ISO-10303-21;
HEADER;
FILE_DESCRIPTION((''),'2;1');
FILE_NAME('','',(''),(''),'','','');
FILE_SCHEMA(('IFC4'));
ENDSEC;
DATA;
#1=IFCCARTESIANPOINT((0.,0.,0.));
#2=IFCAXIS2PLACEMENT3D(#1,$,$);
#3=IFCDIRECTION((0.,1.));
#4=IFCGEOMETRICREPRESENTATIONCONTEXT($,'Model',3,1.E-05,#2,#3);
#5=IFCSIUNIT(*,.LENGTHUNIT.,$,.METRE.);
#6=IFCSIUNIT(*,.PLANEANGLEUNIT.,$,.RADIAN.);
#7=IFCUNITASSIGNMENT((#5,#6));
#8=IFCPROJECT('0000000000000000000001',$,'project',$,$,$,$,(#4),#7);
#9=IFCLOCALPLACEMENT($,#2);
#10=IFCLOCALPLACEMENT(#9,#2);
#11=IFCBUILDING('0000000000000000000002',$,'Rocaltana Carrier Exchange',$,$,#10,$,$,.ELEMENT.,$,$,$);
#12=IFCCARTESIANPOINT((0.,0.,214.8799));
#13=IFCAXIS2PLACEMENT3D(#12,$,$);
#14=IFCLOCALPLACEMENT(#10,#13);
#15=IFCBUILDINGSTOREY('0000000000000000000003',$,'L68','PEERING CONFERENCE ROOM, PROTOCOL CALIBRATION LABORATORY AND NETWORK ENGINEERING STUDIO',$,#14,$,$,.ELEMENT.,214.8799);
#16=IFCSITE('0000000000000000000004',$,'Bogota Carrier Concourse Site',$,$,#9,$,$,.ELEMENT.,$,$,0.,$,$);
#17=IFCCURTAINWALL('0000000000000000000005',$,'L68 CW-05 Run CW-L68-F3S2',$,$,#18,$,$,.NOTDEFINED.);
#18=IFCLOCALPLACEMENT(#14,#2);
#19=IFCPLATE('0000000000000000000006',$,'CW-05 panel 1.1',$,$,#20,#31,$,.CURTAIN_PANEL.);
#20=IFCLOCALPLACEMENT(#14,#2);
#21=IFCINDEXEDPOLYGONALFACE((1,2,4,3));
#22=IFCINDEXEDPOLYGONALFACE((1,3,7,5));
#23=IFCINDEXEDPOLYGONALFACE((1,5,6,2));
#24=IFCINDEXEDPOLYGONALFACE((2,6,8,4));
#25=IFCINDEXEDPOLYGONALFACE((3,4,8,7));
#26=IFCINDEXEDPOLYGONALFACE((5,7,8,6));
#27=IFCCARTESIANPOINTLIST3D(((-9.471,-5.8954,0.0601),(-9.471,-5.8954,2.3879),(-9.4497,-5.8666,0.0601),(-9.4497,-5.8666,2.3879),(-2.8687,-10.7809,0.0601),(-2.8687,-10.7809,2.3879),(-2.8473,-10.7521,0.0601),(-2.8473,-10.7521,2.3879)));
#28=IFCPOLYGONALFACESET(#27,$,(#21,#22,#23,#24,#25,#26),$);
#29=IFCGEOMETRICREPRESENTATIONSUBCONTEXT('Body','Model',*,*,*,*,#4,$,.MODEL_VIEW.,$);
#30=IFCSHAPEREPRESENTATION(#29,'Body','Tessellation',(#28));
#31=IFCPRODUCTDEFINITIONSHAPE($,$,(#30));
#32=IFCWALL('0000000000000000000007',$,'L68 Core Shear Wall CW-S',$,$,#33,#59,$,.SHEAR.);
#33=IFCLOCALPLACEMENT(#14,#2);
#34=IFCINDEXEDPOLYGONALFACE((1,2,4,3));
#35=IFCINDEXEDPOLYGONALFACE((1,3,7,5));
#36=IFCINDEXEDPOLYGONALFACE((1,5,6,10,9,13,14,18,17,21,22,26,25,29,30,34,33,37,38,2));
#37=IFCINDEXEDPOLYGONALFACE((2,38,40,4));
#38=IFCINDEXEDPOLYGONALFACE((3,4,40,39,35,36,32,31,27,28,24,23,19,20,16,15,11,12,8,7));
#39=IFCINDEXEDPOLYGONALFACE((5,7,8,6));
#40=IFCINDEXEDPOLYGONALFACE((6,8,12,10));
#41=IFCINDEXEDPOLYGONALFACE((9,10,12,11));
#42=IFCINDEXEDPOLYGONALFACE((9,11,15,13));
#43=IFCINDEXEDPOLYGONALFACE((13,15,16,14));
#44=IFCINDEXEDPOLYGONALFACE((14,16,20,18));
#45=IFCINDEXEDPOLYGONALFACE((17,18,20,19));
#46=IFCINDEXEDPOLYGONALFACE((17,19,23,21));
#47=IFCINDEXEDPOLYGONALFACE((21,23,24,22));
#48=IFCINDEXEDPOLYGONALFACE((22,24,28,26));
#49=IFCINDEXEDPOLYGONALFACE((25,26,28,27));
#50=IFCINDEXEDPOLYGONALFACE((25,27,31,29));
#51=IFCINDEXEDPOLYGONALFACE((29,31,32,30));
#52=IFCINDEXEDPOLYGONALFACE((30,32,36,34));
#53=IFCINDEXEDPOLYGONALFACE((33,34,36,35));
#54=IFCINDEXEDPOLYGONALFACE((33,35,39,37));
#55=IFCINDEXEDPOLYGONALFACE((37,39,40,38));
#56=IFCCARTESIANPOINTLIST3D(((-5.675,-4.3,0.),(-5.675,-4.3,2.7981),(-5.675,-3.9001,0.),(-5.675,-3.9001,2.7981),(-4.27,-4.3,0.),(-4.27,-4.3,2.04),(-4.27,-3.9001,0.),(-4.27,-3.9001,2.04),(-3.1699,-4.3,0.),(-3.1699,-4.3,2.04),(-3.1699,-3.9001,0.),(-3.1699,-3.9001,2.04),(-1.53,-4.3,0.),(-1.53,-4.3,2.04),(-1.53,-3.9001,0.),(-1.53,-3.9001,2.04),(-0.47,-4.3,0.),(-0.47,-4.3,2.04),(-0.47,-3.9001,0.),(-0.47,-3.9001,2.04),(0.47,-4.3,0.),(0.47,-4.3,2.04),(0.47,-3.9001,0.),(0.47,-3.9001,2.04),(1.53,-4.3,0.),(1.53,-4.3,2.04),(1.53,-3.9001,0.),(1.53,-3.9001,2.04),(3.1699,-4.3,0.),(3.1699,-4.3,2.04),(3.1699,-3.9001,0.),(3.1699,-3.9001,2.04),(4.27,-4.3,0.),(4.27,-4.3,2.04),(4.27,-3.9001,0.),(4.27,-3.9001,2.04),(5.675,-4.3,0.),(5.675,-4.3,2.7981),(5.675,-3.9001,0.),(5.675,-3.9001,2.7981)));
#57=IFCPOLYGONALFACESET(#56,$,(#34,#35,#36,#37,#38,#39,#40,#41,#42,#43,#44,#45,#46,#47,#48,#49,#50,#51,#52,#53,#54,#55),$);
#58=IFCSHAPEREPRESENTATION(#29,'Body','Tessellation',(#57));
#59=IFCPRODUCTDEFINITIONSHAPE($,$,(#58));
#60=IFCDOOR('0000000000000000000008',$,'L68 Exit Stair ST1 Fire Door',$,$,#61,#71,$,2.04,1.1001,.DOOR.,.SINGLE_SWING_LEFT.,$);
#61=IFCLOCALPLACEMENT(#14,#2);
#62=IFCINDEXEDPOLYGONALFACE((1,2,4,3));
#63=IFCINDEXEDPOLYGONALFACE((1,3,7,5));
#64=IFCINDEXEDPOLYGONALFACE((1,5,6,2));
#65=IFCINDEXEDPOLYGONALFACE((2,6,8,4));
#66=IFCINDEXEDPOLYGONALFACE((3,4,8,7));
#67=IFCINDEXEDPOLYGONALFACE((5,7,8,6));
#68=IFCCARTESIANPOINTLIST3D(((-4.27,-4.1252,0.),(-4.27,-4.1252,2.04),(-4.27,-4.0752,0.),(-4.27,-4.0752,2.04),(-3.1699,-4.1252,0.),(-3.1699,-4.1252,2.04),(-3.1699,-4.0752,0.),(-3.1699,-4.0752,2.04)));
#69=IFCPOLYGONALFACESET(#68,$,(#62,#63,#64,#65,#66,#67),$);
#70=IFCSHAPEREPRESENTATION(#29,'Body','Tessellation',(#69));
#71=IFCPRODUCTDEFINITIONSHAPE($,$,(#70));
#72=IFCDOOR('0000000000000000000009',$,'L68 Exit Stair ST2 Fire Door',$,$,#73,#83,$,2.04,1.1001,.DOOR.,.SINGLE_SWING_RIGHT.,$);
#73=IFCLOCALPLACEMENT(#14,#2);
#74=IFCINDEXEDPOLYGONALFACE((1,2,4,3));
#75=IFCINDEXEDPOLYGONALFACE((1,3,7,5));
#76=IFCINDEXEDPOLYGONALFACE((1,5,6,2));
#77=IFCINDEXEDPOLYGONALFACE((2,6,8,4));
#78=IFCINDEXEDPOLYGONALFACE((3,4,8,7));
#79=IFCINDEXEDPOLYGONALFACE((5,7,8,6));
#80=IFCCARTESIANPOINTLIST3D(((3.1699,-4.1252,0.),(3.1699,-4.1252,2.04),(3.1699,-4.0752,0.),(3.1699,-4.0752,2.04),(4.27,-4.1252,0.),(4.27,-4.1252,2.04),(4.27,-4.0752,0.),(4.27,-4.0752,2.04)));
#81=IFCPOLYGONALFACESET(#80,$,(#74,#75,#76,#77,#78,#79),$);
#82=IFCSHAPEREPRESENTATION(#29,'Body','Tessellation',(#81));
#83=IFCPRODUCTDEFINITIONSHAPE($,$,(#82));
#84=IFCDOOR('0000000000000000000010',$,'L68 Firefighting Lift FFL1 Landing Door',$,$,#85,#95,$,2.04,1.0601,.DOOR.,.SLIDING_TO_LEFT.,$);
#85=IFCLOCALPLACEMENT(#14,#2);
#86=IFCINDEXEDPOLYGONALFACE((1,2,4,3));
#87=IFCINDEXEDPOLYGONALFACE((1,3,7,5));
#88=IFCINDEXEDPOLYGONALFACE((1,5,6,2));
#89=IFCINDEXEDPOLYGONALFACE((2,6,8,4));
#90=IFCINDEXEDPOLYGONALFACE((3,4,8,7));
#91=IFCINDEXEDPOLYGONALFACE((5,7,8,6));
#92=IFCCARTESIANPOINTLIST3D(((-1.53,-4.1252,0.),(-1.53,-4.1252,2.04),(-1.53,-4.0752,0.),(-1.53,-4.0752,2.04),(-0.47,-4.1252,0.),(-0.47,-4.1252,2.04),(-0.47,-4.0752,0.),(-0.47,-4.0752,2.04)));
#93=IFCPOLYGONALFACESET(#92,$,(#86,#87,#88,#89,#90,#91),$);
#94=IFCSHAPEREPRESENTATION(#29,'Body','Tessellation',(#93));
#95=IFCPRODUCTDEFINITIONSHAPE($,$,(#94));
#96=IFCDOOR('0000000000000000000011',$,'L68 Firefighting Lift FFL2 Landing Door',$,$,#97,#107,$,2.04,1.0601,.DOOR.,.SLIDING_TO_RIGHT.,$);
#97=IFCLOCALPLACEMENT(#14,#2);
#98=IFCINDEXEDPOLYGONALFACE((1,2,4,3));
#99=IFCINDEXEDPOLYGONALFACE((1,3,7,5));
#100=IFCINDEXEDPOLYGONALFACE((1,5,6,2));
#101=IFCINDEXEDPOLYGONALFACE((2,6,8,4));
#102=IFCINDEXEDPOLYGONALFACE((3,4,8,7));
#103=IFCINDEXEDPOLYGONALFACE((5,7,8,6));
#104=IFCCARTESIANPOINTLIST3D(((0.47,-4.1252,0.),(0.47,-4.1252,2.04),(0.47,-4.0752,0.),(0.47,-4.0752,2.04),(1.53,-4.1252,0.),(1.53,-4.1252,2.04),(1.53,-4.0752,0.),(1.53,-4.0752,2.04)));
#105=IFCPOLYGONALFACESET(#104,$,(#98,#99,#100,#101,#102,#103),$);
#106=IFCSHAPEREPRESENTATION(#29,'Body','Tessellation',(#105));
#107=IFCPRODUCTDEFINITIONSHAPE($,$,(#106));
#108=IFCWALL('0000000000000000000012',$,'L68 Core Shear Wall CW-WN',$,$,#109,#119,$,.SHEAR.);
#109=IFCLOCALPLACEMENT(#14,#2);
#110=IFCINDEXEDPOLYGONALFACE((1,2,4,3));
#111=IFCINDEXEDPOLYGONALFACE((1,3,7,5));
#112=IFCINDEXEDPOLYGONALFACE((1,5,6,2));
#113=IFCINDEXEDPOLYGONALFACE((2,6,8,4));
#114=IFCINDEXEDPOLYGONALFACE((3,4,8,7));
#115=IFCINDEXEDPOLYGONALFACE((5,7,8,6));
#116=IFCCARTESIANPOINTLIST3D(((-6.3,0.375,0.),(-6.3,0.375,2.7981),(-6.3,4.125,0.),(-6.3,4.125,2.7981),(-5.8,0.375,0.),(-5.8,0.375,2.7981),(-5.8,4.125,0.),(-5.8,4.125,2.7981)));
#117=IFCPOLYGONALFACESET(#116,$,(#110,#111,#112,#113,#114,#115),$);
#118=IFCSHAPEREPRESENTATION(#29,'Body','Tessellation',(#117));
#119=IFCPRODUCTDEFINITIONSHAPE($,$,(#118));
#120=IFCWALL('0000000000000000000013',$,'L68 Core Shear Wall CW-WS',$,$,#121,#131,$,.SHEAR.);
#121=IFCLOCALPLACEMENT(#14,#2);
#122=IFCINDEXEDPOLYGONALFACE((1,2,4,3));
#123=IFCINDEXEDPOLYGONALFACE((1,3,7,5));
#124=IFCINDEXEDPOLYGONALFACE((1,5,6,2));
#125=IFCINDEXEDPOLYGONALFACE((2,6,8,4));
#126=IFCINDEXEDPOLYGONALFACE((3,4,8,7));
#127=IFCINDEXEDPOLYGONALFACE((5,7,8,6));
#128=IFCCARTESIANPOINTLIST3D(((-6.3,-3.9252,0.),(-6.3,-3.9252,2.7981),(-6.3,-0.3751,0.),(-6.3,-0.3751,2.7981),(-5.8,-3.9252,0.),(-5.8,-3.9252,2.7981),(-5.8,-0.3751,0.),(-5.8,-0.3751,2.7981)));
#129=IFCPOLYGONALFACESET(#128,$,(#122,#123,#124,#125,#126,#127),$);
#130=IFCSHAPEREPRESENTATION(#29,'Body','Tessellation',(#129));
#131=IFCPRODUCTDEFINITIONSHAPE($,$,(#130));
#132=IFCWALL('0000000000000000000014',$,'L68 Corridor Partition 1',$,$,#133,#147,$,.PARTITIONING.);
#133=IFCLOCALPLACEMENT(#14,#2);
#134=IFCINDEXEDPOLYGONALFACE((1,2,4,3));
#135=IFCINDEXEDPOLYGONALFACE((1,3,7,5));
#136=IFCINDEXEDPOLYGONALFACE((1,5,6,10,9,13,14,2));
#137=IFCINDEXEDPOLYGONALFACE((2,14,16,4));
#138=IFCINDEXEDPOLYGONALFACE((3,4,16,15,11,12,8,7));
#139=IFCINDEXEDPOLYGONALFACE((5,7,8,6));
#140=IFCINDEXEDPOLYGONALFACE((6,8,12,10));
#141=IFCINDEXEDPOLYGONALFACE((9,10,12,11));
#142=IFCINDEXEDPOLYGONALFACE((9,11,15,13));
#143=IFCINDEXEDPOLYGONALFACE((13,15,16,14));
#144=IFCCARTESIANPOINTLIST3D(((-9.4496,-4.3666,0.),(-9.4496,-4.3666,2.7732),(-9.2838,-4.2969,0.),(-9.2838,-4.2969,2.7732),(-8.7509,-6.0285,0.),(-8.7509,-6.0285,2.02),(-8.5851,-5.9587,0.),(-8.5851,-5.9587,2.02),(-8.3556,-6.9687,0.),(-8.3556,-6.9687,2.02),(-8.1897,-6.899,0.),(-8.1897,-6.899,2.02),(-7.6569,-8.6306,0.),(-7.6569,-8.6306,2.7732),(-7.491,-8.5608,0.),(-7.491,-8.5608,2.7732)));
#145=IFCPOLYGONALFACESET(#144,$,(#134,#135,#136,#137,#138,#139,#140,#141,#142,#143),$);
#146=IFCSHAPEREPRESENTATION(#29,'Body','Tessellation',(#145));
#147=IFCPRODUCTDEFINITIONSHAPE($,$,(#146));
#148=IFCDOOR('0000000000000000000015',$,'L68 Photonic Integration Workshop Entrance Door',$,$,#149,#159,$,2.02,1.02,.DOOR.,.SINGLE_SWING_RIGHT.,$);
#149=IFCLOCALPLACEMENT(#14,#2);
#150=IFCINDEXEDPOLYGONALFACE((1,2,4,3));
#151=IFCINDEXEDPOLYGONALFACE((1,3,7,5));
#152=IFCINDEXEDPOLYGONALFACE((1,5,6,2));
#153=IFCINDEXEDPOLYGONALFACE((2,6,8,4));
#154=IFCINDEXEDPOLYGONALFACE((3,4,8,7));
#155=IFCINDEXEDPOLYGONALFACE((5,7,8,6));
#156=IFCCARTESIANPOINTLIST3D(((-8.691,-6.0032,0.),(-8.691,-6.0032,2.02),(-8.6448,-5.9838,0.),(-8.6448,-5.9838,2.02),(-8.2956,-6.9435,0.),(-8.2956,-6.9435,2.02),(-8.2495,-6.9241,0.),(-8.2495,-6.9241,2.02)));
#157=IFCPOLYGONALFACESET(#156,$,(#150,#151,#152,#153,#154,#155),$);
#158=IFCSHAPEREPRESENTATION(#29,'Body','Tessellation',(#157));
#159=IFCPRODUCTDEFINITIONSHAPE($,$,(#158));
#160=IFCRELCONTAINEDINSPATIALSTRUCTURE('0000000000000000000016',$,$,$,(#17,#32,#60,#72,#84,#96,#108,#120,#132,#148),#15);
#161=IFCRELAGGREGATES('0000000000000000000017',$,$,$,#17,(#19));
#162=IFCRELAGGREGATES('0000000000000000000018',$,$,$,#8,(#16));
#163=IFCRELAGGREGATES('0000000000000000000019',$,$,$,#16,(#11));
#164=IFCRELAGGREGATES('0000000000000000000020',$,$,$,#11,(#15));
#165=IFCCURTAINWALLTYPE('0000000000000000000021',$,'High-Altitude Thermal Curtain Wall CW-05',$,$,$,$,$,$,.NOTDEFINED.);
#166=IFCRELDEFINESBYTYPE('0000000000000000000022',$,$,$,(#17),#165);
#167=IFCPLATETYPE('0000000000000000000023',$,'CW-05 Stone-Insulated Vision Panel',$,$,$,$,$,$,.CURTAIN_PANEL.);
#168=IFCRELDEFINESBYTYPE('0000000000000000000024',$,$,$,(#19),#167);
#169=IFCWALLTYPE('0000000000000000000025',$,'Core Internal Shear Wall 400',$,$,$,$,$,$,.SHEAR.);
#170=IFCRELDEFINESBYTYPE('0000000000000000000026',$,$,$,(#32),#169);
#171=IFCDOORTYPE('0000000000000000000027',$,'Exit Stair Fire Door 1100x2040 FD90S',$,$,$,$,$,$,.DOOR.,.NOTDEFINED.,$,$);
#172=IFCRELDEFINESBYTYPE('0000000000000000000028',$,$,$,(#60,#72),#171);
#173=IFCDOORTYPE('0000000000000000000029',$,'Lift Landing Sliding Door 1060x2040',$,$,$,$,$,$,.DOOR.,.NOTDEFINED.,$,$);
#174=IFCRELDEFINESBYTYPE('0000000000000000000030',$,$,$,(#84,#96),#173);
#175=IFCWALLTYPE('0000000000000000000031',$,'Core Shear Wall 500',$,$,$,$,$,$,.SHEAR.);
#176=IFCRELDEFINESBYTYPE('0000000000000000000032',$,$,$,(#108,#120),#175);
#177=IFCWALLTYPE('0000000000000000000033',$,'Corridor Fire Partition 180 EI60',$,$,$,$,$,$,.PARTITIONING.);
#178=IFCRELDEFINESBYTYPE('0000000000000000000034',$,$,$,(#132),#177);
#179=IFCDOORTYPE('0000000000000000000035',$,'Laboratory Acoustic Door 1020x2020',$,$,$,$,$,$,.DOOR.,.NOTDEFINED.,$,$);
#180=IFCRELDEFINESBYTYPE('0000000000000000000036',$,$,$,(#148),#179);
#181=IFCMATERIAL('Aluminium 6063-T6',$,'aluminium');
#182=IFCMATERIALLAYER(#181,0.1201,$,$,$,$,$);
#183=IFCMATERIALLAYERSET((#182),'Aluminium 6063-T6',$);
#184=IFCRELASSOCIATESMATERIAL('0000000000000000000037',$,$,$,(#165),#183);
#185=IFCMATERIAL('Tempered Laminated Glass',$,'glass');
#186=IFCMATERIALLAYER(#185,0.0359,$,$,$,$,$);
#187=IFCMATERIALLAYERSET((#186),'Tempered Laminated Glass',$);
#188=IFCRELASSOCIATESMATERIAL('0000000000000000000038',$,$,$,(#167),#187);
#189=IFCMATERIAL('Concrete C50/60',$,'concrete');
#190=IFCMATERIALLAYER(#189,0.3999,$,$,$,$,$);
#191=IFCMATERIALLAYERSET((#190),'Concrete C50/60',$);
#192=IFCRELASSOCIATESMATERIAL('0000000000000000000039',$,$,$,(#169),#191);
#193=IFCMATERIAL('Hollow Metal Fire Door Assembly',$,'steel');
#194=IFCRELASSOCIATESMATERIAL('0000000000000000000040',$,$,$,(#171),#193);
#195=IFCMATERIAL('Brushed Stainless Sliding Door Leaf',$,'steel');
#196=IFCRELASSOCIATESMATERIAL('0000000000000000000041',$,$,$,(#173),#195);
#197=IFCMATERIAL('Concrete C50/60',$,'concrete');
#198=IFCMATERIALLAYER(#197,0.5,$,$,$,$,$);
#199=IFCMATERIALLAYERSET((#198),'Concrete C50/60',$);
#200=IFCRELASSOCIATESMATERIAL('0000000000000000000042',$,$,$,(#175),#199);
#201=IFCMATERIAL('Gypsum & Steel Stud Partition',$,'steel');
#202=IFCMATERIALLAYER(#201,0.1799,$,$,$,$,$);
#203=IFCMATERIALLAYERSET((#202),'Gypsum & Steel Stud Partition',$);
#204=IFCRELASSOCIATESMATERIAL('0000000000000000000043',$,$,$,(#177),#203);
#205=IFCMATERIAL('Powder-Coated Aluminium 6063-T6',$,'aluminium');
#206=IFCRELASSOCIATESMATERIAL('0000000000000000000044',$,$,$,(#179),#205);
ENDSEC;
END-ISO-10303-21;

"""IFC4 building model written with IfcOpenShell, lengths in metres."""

from ifc_helpers import new_model, si_unit, direction, frame, frame_2d, origin, origin_2d, place, context, subcontext, project, spatial, rectangle, extrude, material, layer, layer_set, type_object, element, fill, aggregate, save


model = new_model("IFC4")

# Units and contexts
model_context = context("Model", 3, precision=1e-05, world=origin(), true_north=direction((0.0, 1.0)))
body_context = subcontext(model_context, "Body", "Model", "MODEL_VIEW")
ifc_project = project(units=[si_unit("LENGTHUNIT", "METRE"), si_unit("PLANEANGLEUNIT", "RADIAN")], contexts=[model_context])

# Site, building, storey
site_placement = place(None, origin())
site = spatial("IfcSite", under=ifc_project, at=site_placement, Name="Bogota Carrier Concourse Site", CompositionType="ELEMENT", RefElevation=0.0)
building_placement = place(site_placement, origin())
building = spatial("IfcBuilding", under=site, at=building_placement, Name="Rocaltana Carrier Exchange", CompositionType="ELEMENT")
storey_placement = place(building_placement, frame((0.0, 0.0, 214.8799)))
storey = spatial("IfcBuildingStorey", under=building, at=storey_placement, Name="L68", Description="PEERING CONFERENCE ROOM, PROTOCOL CALIBRATION LABORATORY AND NETWORK ENGINEERING STUDIO", CompositionType="ELEMENT", Elevation=214.8799)

# Curtain wall, plate
ifc_material_1 = material(Name="Aluminium 6063-T6", Category="aluminium")
ifc_layer_1 = layer(ifc_material_1, 0.1201)
ifc_layer_set_1 = layer_set([ifc_layer_1], Name="Aluminium 6063-T6")
curtain_wall_type = type_object("IfcCurtainWallType", Name="High-Altitude Thermal Curtain Wall CW-05", PredefinedType="NOTDEFINED", material=ifc_layer_set_1)
curtain_wall_placement = place(storey_placement, origin())
curtain_wall = element("IfcCurtainWall", 1, at=curtain_wall_placement, inside=storey, type_object=curtain_wall_type, Name="L68 CW-05 Run CW-L68-F3S2", PredefinedType="NOTDEFINED")
ifc_material_2 = material(Name="Tempered Laminated Glass", Category="glass")
ifc_layer_2 = layer(ifc_material_2, 0.0359)
ifc_layer_set_2 = layer_set([ifc_layer_2], Name="Tempered Laminated Glass")
plate_type = type_object("IfcPlateType", Name="CW-05 Stone-Insulated Vision Panel", PredefinedType="CURTAIN_PANEL", material=ifc_layer_set_2)
plate_placement = place(storey_placement, frame((-6.1592, -8.3237, 0.0601), z_axis=(0.0, 0.0, 1.0), x_axis=(0.803858, -0.594821, 0.0)))
plate = element("IfcPlate", 2, at=plate_placement, type_object=plate_type, Name="CW-05 panel 1.1", PredefinedType="CURTAIN_PANEL", context=body_context, shape_type="SweptSolid", body=[
    extrude(rectangle(XDim=8.2134, YDim=0.0359, at=origin_2d()), origin(), (0.0, 0.0, 1.0), 2.3279),
])
aggregate(curtain_wall, [plate])

# Wall, openings, doors
ifc_material_3 = material(Name="Concrete C50/60", Category="concrete")
ifc_layer_3 = layer(ifc_material_3, 0.3999)
ifc_layer_set_3 = layer_set([ifc_layer_3], Name="Concrete C50/60")
wall_type_1 = type_object("IfcWallType", Name="Core Internal Shear Wall 400", PredefinedType="SHEAR", material=ifc_layer_set_3)
wall_1_placement = place(storey_placement, frame((-5.675, -4.1001, 0.0), z_axis=(0.0, 0.0, 1.0), x_axis=(1.0, 0.0, 0.0)))
wall_1 = element("IfcWall", 3, at=wall_1_placement, inside=storey, type_object=wall_type_1, Name="L68 Core Shear Wall CW-S", PredefinedType="SHEAR", context=body_context, shape_type="SweptSolid", body=[
    extrude(rectangle(XDim=11.3501, YDim=0.3999, at=frame_2d((5.675, 0.0))), origin(), (0.0, 0.0, 1.0), 2.7981),
])
opening_1_placement = place(wall_1_placement, frame((1.405, 0.0, 0.0)))
opening_1 = element("IfcOpeningElement", 4, at=opening_1_placement, cuts=wall_1, PredefinedType="OPENING", context=body_context, shape_type="SweptSolid", body=[
    extrude(rectangle(XDim=1.1001, YDim=2.04, at=frame_2d((0.55, 1.02))), frame((0.0, 0.21, 0.0), z_axis=(0.0, -1.0, 0.0), x_axis=(1.0, 0.0, 0.0)), (0.0, 0.0, 1.0), 0.4199),
])
opening_2_placement = place(wall_1_placement, frame((8.845, 0.0, 0.0)))
opening_2 = element("IfcOpeningElement", 5, at=opening_2_placement, cuts=wall_1, PredefinedType="OPENING", context=body_context, shape_type="SweptSolid", body=[
    extrude(rectangle(XDim=1.1001, YDim=2.04, at=frame_2d((0.55, 1.02))), frame((0.0, 0.21, 0.0), z_axis=(0.0, -1.0, 0.0), x_axis=(1.0, 0.0, 0.0)), (0.0, 0.0, 1.0), 0.4199),
])
opening_3_placement = place(wall_1_placement, frame((4.145, 0.0, 0.0)))
opening_3 = element("IfcOpeningElement", 6, at=opening_3_placement, cuts=wall_1, PredefinedType="OPENING", context=body_context, shape_type="SweptSolid", body=[
    extrude(rectangle(XDim=1.0601, YDim=2.04, at=frame_2d((0.53, 1.02))), frame((0.0, 0.21, 0.0), z_axis=(0.0, -1.0, 0.0), x_axis=(1.0, 0.0, 0.0)), (0.0, 0.0, 1.0), 0.4199),
])
opening_4_placement = place(wall_1_placement, frame((6.145, 0.0, 0.0)))
opening_4 = element("IfcOpeningElement", 7, at=opening_4_placement, cuts=wall_1, PredefinedType="OPENING", context=body_context, shape_type="SweptSolid", body=[
    extrude(rectangle(XDim=1.0601, YDim=2.04, at=frame_2d((0.53, 1.02))), frame((0.0, 0.21, 0.0), z_axis=(0.0, -1.0, 0.0), x_axis=(1.0, 0.0, 0.0)), (0.0, 0.0, 1.0), 0.4199),
])
ifc_material_4 = material(Name="Hollow Metal Fire Door Assembly", Category="steel")
door_type_1 = type_object("IfcDoorType", Name="Exit Stair Fire Door 1100x2040 FD90S", OperationType="NOTDEFINED", PredefinedType="DOOR", material=ifc_material_4)
door_1_placement = place(opening_1_placement, origin())
door_1 = element("IfcDoor", 8, at=door_1_placement, inside=storey, type_object=door_type_1, Name="L68 Exit Stair ST1 Fire Door", OperationType="SINGLE_SWING_LEFT", OverallHeight=2.04, OverallWidth=1.1001, PredefinedType="DOOR", context=body_context, shape_type="SweptSolid", body=[
    extrude(rectangle(XDim=1.1001, YDim=2.04, at=frame_2d((0.55, 1.02))), frame((0.0, 0.0249, 0.0), z_axis=(0.0, -1.0, 0.0), x_axis=(1.0, 0.0, 0.0)), (0.0, 0.0, 1.0), 0.05),
])
fill(opening_1, door_1)
door_2_placement = place(opening_2_placement, origin())
door_2 = element("IfcDoor", 9, at=door_2_placement, inside=storey, type_object=door_type_1, Name="L68 Exit Stair ST2 Fire Door", OperationType="SINGLE_SWING_RIGHT", OverallHeight=2.04, OverallWidth=1.1001, PredefinedType="DOOR", context=body_context, shape_type="SweptSolid", body=[
    extrude(rectangle(XDim=1.1001, YDim=2.04, at=frame_2d((0.55, 1.02))), frame((0.0, 0.0249, 0.0), z_axis=(0.0, -1.0, 0.0), x_axis=(1.0, 0.0, 0.0)), (0.0, 0.0, 1.0), 0.05),
])
fill(opening_2, door_2)
ifc_material_5 = material(Name="Brushed Stainless Sliding Door Leaf", Category="steel")
door_type_2 = type_object("IfcDoorType", Name="Lift Landing Sliding Door 1060x2040", OperationType="NOTDEFINED", PredefinedType="DOOR", material=ifc_material_5)
door_3_placement = place(opening_3_placement, origin())
door_3 = element("IfcDoor", 10, at=door_3_placement, inside=storey, type_object=door_type_2, Name="L68 Firefighting Lift FFL1 Landing Door", OperationType="SLIDING_TO_LEFT", OverallHeight=2.04, OverallWidth=1.0601, PredefinedType="DOOR", context=body_context, shape_type="SweptSolid", body=[
    extrude(rectangle(XDim=1.0601, YDim=2.04, at=frame_2d((0.53, 1.02))), frame((0.0, 0.0249, 0.0), z_axis=(0.0, -1.0, 0.0), x_axis=(1.0, 0.0, 0.0)), (0.0, 0.0, 1.0), 0.05),
])
fill(opening_3, door_3)
door_4_placement = place(opening_4_placement, origin())
door_4 = element("IfcDoor", 11, at=door_4_placement, inside=storey, type_object=door_type_2, Name="L68 Firefighting Lift FFL2 Landing Door", OperationType="SLIDING_TO_RIGHT", OverallHeight=2.04, OverallWidth=1.0601, PredefinedType="DOOR", context=body_context, shape_type="SweptSolid", body=[
    extrude(rectangle(XDim=1.0601, YDim=2.04, at=frame_2d((0.53, 1.02))), frame((0.0, 0.0249, 0.0), z_axis=(0.0, -1.0, 0.0), x_axis=(1.0, 0.0, 0.0)), (0.0, 0.0, 1.0), 0.05),
])
fill(opening_4, door_4)

# Walls
ifc_material_6 = material(Name="Concrete C50/60", Category="concrete")
ifc_layer_4 = layer(ifc_material_6, 0.5)
ifc_layer_set_4 = layer_set([ifc_layer_4], Name="Concrete C50/60")
wall_type_2 = type_object("IfcWallType", Name="Core Shear Wall 500", PredefinedType="SHEAR", material=ifc_layer_set_4)
wall_2_placement = place(storey_placement, frame((-6.05, 0.375, 0.0), z_axis=(0.0, 0.0, 1.0), x_axis=(0.0, 1.0, 0.0)))
element("IfcWall", 12, at=wall_2_placement, inside=storey, type_object=wall_type_2, Name="L68 Core Shear Wall CW-WN", PredefinedType="SHEAR", context=body_context, shape_type="SweptSolid", body=[
    extrude(rectangle(XDim=3.75, YDim=0.5, at=frame_2d((1.875, 0.0))), origin(), (0.0, 0.0, 1.0), 2.7981),
])
wall_3_placement = place(storey_placement, frame((-6.05, -3.925, 0.0), z_axis=(0.0, 0.0, 1.0), x_axis=(0.0, 1.0, 0.0)))
element("IfcWall", 13, at=wall_3_placement, inside=storey, type_object=wall_type_2, Name="L68 Core Shear Wall CW-WS", PredefinedType="SHEAR", context=body_context, shape_type="SweptSolid", body=[
    extrude(rectangle(XDim=3.55, YDim=0.5, at=frame_2d((1.7749, 0.0))), origin(), (0.0, 0.0, 1.0), 2.7981),
])

# Wall, opening, door
ifc_material_7 = material(Name="Gypsum & Steel Stud Partition", Category="steel")
ifc_layer_5 = layer(ifc_material_7, 0.1799)
ifc_layer_set_5 = layer_set([ifc_layer_5], Name="Gypsum & Steel Stud Partition")
wall_type_3 = type_object("IfcWallType", Name="Corridor Fire Partition 180 EI60", PredefinedType="PARTITIONING", material=ifc_layer_set_5)
wall_4_placement = place(storey_placement, frame((-7.574, -8.5957, 0.0), z_axis=(0.0, 0.0, 1.0), x_axis=(-0.387578, 0.921837, 0.0)))
wall_4 = element("IfcWall", 14, at=wall_4_placement, inside=storey, type_object=wall_type_3, Name="L68 Corridor Partition 1", PredefinedType="PARTITIONING", context=body_context, shape_type="SweptSolid", body=[
    extrude(rectangle(XDim=4.6255, YDim=0.1799, at=frame_2d((2.3127, 0.0))), origin(), (0.0, 0.0, 1.0), 2.7732),
])
opening_5_placement = place(wall_4_placement, frame((1.8027, 0.0, 0.0)))
opening_5 = element("IfcOpeningElement", 15, at=opening_5_placement, cuts=wall_4, PredefinedType="OPENING", context=body_context, shape_type="SweptSolid", body=[
    extrude(rectangle(XDim=1.02, YDim=2.02, at=frame_2d((0.51, 1.01))), frame((0.0, 0.0999, 0.0), z_axis=(0.0, -1.0, 0.0), x_axis=(1.0, 0.0, 0.0)), (0.0, 0.0, 1.0), 0.2),
])
ifc_material_8 = material(Name="Powder-Coated Aluminium 6063-T6", Category="aluminium")
door_type_3 = type_object("IfcDoorType", Name="Laboratory Acoustic Door 1020x2020", OperationType="NOTDEFINED", PredefinedType="DOOR", material=ifc_material_8)
door_5_placement = place(opening_5_placement, origin())
door_5 = element("IfcDoor", 16, at=door_5_placement, inside=storey, type_object=door_type_3, Name="L68 Photonic Integration Workshop Entrance Door", OperationType="SINGLE_SWING_RIGHT", OverallHeight=2.02, OverallWidth=1.02, PredefinedType="DOOR", context=body_context, shape_type="SweptSolid", body=[
    extrude(rectangle(XDim=1.02, YDim=2.02, at=frame_2d((0.51, 1.01))), frame((0.0, 0.0249, 0.0), z_axis=(0.0, -1.0, 0.0), x_axis=(1.0, 0.0, 0.0)), (0.0, 0.0, 1.0), 0.05),
])
fill(opening_5, door_5)

save(model, "model.ifc")
